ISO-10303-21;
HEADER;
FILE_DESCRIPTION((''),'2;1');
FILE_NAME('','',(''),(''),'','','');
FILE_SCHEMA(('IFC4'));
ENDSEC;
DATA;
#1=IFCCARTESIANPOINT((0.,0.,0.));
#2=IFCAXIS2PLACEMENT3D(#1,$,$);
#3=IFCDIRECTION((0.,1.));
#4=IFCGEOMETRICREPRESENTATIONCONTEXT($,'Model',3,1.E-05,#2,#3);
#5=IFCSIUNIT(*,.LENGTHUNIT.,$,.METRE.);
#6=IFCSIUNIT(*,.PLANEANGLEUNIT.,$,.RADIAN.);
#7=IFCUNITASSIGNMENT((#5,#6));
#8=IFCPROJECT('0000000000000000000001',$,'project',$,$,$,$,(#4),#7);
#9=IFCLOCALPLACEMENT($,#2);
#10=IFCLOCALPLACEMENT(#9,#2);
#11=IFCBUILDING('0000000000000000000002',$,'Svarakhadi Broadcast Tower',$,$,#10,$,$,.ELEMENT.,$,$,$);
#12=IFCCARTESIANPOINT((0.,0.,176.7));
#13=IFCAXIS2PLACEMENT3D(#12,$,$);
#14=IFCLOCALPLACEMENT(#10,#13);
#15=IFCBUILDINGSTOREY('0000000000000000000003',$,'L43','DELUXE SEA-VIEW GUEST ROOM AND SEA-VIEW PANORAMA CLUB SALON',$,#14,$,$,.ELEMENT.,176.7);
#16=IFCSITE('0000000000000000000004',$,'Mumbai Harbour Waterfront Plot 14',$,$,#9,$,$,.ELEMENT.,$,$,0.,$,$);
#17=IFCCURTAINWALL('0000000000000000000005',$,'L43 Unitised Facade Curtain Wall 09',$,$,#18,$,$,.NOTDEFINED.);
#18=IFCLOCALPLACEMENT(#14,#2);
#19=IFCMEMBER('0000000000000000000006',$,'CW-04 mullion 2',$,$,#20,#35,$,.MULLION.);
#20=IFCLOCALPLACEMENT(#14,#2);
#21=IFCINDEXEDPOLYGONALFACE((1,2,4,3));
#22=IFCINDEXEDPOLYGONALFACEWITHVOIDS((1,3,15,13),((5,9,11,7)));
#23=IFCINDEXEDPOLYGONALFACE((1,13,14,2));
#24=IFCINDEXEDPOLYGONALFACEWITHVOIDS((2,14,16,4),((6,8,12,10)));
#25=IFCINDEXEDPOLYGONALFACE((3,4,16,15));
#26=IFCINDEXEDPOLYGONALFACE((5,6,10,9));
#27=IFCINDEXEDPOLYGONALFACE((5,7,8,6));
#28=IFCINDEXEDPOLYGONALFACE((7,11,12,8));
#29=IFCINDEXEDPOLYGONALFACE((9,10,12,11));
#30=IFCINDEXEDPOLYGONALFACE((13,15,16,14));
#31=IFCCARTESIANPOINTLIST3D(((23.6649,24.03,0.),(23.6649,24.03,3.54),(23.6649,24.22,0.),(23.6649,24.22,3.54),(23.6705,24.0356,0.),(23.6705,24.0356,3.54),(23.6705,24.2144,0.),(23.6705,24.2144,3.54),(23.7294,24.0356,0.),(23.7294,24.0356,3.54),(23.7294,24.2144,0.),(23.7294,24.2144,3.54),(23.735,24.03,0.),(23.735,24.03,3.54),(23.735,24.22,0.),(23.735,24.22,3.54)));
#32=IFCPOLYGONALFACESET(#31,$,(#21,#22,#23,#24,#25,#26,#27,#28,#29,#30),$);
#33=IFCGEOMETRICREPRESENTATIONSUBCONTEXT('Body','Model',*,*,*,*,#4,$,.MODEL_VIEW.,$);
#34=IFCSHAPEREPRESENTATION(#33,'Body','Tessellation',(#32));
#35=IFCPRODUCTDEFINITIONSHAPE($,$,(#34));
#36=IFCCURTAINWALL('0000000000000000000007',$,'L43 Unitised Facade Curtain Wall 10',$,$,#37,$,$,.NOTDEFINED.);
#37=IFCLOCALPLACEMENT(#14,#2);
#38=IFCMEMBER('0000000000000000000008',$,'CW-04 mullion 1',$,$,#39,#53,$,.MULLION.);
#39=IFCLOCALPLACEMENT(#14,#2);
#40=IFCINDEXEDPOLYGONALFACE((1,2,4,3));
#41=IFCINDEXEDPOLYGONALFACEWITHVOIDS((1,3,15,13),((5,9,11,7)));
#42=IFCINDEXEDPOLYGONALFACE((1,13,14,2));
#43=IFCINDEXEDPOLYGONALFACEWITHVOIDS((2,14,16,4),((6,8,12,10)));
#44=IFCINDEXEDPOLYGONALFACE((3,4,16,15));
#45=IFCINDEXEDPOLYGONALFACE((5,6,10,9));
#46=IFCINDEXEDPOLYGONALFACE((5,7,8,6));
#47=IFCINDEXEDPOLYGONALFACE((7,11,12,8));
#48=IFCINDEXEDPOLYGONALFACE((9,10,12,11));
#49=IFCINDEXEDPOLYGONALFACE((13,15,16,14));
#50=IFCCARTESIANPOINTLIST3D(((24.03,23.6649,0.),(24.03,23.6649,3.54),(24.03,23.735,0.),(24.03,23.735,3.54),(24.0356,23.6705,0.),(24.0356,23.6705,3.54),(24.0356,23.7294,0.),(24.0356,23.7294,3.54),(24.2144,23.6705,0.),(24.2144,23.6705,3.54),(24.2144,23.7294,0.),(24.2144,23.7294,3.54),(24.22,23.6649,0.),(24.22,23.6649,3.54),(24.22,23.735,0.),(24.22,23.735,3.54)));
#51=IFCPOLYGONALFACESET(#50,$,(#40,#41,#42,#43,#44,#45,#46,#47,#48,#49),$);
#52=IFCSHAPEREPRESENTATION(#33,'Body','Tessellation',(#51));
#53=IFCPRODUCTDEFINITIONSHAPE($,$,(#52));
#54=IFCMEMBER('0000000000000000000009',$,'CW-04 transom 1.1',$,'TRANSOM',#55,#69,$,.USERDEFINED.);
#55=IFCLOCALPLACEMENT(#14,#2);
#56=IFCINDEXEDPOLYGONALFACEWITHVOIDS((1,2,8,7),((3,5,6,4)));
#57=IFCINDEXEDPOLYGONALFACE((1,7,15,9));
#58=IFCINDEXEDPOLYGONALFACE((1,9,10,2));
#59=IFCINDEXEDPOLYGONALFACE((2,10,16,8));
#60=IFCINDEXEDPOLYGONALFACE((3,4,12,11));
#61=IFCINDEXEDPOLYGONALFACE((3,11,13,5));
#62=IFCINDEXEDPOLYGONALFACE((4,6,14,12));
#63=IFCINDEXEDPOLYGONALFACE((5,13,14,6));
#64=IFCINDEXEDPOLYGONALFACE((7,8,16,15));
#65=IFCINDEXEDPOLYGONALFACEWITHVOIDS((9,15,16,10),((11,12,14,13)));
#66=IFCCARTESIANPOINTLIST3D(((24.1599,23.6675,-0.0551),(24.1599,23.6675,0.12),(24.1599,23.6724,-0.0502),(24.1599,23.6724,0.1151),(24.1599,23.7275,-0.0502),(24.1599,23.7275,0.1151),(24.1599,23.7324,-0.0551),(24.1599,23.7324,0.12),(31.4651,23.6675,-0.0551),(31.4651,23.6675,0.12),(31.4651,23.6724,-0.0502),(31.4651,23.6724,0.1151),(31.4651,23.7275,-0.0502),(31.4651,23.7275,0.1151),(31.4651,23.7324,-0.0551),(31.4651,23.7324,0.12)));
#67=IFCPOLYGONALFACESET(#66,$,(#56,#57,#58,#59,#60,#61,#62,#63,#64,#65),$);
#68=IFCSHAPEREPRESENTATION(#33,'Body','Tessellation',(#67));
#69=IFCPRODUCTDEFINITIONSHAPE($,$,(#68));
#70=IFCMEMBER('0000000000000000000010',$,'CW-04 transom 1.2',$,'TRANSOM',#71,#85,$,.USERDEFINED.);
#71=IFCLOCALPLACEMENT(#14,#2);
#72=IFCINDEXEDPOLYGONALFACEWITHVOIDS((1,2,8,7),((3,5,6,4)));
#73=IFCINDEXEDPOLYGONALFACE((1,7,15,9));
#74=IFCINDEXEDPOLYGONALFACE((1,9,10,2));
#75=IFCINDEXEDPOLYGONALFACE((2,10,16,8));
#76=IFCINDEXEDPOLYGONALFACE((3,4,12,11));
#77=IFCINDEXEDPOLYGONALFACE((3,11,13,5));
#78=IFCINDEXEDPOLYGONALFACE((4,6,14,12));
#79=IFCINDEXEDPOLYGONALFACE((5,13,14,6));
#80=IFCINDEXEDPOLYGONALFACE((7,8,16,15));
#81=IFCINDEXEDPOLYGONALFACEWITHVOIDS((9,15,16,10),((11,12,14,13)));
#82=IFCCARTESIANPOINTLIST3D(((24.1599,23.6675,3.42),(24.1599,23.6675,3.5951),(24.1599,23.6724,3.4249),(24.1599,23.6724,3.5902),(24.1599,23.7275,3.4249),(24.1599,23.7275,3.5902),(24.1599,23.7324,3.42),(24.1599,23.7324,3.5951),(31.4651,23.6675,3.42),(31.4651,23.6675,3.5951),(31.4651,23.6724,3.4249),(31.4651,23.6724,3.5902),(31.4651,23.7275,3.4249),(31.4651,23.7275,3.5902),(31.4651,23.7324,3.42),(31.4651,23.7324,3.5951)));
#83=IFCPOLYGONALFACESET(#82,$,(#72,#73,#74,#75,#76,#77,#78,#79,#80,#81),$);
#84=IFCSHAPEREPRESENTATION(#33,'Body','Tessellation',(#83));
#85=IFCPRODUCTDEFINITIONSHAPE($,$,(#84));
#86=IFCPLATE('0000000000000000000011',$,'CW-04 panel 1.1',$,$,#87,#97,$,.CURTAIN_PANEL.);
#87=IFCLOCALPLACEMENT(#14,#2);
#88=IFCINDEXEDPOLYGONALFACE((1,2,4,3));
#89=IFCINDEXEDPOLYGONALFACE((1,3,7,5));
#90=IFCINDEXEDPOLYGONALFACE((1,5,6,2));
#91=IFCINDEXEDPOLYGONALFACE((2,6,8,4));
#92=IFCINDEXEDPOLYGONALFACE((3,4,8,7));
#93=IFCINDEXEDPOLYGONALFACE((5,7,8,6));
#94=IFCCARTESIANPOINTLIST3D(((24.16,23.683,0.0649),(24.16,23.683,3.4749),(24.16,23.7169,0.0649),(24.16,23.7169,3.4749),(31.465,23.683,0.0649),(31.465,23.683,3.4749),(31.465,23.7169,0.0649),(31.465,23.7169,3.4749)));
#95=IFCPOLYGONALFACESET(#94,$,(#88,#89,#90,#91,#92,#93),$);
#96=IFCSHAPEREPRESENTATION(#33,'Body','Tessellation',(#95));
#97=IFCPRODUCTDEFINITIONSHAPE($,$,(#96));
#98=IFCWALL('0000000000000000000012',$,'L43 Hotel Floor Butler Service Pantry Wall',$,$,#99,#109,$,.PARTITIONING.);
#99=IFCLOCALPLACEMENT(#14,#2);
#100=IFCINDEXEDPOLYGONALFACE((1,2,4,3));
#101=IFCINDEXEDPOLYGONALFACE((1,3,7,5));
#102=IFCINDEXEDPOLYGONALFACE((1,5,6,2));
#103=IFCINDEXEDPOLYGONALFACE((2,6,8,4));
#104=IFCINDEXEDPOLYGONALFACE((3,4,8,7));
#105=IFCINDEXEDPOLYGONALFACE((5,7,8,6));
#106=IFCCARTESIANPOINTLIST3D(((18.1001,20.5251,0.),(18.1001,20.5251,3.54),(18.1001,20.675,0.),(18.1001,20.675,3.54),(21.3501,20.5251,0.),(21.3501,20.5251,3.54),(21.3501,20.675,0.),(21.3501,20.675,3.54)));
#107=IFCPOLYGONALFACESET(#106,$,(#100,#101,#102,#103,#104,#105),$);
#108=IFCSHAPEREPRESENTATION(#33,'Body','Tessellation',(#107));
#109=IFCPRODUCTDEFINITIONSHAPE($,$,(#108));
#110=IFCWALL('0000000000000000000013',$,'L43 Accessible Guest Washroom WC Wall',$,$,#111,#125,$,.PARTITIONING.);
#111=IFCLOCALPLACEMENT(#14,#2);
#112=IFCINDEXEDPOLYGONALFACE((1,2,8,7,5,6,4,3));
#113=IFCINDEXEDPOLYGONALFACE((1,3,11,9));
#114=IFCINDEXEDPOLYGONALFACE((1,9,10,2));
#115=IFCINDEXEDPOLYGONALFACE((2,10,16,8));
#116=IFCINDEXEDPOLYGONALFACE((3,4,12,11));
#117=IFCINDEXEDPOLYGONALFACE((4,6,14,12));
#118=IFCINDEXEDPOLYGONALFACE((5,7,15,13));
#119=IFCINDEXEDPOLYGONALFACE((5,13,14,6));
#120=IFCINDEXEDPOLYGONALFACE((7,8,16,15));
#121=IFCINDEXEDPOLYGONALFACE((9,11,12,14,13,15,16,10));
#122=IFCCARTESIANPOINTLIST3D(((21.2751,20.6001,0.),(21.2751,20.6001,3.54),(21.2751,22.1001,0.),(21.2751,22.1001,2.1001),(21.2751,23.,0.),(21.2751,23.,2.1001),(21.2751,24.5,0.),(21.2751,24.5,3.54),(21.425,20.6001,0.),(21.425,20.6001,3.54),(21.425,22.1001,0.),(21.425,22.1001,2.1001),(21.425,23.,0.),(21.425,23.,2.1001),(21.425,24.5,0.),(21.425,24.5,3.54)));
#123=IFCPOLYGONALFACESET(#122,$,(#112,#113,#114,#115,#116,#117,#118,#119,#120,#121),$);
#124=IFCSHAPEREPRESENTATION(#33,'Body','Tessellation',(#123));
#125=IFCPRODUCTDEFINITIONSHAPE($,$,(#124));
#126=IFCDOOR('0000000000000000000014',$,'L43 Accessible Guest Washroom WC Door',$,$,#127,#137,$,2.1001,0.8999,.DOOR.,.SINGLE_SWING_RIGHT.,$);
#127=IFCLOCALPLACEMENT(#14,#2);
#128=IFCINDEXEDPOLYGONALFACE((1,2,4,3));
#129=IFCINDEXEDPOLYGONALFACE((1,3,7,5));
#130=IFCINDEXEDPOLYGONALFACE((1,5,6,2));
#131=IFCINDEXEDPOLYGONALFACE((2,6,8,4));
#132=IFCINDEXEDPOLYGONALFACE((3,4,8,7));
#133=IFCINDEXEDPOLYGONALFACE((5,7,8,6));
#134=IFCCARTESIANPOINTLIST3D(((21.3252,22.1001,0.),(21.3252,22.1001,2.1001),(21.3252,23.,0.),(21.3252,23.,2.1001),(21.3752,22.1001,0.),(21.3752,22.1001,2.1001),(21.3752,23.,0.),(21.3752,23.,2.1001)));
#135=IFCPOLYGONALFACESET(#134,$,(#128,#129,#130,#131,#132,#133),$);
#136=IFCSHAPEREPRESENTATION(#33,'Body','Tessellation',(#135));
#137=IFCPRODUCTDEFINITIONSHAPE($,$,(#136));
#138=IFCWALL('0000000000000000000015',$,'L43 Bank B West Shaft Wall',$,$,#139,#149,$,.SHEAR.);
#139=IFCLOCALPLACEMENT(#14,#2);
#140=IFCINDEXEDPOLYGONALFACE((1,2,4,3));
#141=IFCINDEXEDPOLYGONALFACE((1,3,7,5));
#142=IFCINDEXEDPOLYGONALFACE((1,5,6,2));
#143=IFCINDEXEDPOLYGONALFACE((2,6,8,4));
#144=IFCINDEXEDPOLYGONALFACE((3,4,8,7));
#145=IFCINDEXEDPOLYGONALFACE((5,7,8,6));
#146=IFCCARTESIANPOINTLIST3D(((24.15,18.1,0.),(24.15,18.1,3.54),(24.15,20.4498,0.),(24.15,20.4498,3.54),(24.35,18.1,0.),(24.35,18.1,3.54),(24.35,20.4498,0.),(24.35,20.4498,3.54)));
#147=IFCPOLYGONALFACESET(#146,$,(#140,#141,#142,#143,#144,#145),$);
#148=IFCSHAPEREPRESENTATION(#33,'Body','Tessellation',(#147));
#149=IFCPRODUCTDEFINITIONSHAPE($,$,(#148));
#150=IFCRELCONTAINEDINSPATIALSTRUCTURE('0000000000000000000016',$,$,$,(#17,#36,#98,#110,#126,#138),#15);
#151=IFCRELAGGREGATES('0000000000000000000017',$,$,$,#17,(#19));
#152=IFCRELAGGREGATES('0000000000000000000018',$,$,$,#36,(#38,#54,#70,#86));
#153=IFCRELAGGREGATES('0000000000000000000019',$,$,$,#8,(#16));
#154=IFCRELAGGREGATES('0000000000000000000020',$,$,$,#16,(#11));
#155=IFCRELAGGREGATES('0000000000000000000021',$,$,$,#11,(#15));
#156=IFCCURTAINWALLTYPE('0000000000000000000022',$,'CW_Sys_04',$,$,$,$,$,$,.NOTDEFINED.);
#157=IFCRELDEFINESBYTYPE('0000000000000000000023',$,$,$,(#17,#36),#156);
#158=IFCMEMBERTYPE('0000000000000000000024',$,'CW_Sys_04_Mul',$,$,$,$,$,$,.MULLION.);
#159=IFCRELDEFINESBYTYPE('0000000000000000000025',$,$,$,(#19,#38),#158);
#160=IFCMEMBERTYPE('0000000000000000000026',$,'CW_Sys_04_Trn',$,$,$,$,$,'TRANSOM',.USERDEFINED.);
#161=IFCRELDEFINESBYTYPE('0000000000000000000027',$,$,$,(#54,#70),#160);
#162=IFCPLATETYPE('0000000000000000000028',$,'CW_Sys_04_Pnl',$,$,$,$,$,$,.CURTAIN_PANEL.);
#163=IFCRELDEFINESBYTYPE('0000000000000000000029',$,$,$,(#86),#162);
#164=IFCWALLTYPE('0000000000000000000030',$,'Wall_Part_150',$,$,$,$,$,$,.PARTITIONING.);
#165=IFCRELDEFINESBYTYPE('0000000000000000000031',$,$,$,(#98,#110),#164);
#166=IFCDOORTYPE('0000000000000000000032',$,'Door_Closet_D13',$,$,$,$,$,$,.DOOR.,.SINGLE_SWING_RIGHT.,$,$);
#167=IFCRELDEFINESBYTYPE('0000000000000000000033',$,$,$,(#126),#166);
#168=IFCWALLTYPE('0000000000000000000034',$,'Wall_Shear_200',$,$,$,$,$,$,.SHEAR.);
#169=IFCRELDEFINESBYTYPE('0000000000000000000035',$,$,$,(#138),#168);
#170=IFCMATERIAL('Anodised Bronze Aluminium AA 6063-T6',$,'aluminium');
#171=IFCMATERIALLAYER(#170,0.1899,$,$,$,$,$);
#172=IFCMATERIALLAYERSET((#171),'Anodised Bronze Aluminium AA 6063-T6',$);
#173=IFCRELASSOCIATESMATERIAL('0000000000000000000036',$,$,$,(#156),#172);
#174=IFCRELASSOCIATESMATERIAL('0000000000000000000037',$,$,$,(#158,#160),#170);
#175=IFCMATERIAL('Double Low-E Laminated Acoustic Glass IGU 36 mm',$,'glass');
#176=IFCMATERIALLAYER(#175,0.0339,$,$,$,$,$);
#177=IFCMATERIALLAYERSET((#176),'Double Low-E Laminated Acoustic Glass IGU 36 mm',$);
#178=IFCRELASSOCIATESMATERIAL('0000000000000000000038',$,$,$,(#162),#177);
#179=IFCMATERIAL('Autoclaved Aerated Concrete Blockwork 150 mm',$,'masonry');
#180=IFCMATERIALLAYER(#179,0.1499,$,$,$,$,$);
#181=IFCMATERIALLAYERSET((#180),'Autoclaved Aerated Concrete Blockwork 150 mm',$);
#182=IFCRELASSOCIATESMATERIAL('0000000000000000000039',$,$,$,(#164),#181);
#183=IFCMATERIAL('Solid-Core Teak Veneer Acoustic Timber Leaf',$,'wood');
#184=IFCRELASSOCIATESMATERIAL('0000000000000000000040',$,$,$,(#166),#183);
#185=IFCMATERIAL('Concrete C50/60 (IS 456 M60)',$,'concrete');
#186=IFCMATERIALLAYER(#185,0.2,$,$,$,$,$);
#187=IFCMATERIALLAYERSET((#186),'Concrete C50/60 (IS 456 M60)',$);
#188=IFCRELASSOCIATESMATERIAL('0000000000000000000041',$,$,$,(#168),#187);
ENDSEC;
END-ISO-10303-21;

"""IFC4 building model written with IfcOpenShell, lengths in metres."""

from ifc_helpers import new_model, si_unit, direction, frame, frame_2d, origin, origin_2d, place, context, subcontext, project, spatial, rectangle, hollow_rectangle, extrude, material, layer, layer_set, material_profile, profile_set, type_object, element, fill, aggregate, save


model = new_model("IFC4")

# Units and contexts
model_context = context("Model", 3, precision=1e-05, world=origin(), true_north=direction((0.0, 1.0)))
body_context = subcontext(model_context, "Body", "Model", "MODEL_VIEW")
ifc_project = project(units=[si_unit("LENGTHUNIT", "METRE"), si_unit("PLANEANGLEUNIT", "RADIAN")], contexts=[model_context])

# Site, building, storey
site_placement = place(None, origin())
site = spatial("IfcSite", under=ifc_project, at=site_placement, Name="Mumbai Harbour Waterfront Plot 14", CompositionType="ELEMENT", RefElevation=0.0)
building_placement = place(site_placement, origin())
building = spatial("IfcBuilding", under=site, at=building_placement, Name="Svarakhadi Broadcast Tower", CompositionType="ELEMENT")
storey_placement = place(building_placement, frame((0.0, 0.0, 176.7)))
storey = spatial("IfcBuildingStorey", under=building, at=storey_placement, Name="L43", Description="DELUXE SEA-VIEW GUEST ROOM AND SEA-VIEW PANORAMA CLUB SALON", CompositionType="ELEMENT", Elevation=176.7)

# Curtain wall, member
ifc_material_1 = material(Name="Anodised Bronze Aluminium AA 6063-T6", Category="aluminium")
ifc_layer_1 = layer(ifc_material_1, 0.1899)
ifc_layer_set_1 = layer_set([ifc_layer_1], Name="Anodised Bronze Aluminium AA 6063-T6")
curtain_wall_type = type_object("IfcCurtainWallType", Name="CW_Sys_04", PredefinedType="NOTDEFINED", material=ifc_layer_set_1)
curtain_wall_1_placement = place(storey_placement, origin())
curtain_wall_1 = element("IfcCurtainWall", 1, at=curtain_wall_1_placement, inside=storey, type_object=curtain_wall_type, Name="L43 Unitised Facade Curtain Wall 09", PredefinedType="NOTDEFINED")
ifc_material_profile_1 = material_profile(ifc_material_1, hollow_rectangle(XDim=0.0701, YDim=0.1899, WallThickness=0.0056, at=origin_2d()), Name="ALU MULLION 190x70x6")
ifc_profile_set_1 = profile_set([ifc_material_profile_1], Name="Anodised Bronze Aluminium AA 6063-T6")
member_type_1 = type_object("IfcMemberType", Name="CW_Sys_04_Mul", PredefinedType="MULLION", material=ifc_profile_set_1)
member_1_placement = place(storey_placement, frame((23.7, 24.125, 0.0), z_axis=(0.0, 0.0, 1.0), x_axis=(1.0, 0.0, 0.0)))
member_1 = element("IfcMember", 2, at=member_1_placement, type_object=member_type_1, Name="CW-04 mullion 2", PredefinedType="MULLION", context=body_context, shape_type="SweptSolid", body=[
    extrude(hollow_rectangle(XDim=0.0701, YDim=0.1899, WallThickness=0.0056, at=origin_2d()), origin(), (0.0, 0.0, 1.0), 3.54),
])
aggregate(curtain_wall_1, [member_1])

# Curtain wall, members, plate
curtain_wall_2_placement = place(storey_placement, origin())
curtain_wall_2 = element("IfcCurtainWall", 3, at=curtain_wall_2_placement, inside=storey, type_object=curtain_wall_type, Name="L43 Unitised Facade Curtain Wall 10", PredefinedType="NOTDEFINED")
member_2_placement = place(storey_placement, frame((24.125, 23.7, 0.0), z_axis=(0.0, 0.0, 1.0), x_axis=(0.0, 1.0, 0.0)))
member_2 = element("IfcMember", 4, at=member_2_placement, type_object=member_type_1, Name="CW-04 mullion 1", PredefinedType="MULLION", context=body_context, shape_type="SweptSolid", body=[
    extrude(hollow_rectangle(XDim=0.0701, YDim=0.1899, WallThickness=0.0056, at=origin_2d()), origin(), (0.0, 0.0, 1.0), 3.54),
])
ifc_material_profile_2 = material_profile(ifc_material_1, hollow_rectangle(XDim=0.0649, YDim=0.175, WallThickness=0.0049, at=origin_2d()), Name="ALU TRANSOM 175x65x5")
ifc_profile_set_2 = profile_set([ifc_material_profile_2], Name="Anodised Bronze Aluminium AA 6063-T6")
member_type_2 = type_object("IfcMemberType", Name="CW_Sys_04_Trn", ElementType="TRANSOM", PredefinedType="USERDEFINED", material=ifc_profile_set_2)
member_3_placement = place(storey_placement, frame((24.1599, 23.7, 0.0325), z_axis=(1.0, 0.0, 0.0), x_axis=(0.0, 1.0, 0.0)))
member_3 = element("IfcMember", 5, at=member_3_placement, type_object=member_type_2, Name="CW-04 transom 1.1", ObjectType="TRANSOM", PredefinedType="USERDEFINED", context=body_context, shape_type="SweptSolid", body=[
    extrude(hollow_rectangle(XDim=0.0649, YDim=0.175, WallThickness=0.0049, at=origin_2d()), origin(), (0.0, 0.0, 1.0), 7.3052),
])
member_4_placement = place(storey_placement, frame((24.1599, 23.7, 3.5076), z_axis=(1.0, 0.0, 0.0), x_axis=(0.0, 1.0, 0.0)))
member_4 = element("IfcMember", 6, at=member_4_placement, type_object=member_type_2, Name="CW-04 transom 1.2", ObjectType="TRANSOM", PredefinedType="USERDEFINED", context=body_context, shape_type="SweptSolid", body=[
    extrude(hollow_rectangle(XDim=0.0649, YDim=0.175, WallThickness=0.0049, at=origin_2d()), origin(), (0.0, 0.0, 1.0), 7.3052),
])
ifc_material_2 = material(Name="Double Low-E Laminated Acoustic Glass IGU 36 mm", Category="glass")
ifc_layer_2 = layer(ifc_material_2, 0.0339)
ifc_layer_set_2 = layer_set([ifc_layer_2], Name="Double Low-E Laminated Acoustic Glass IGU 36 mm")
plate_type = type_object("IfcPlateType", Name="CW_Sys_04_Pnl", PredefinedType="CURTAIN_PANEL", material=ifc_layer_set_2)
plate_placement = place(storey_placement, frame((27.8125, 23.7, 0.0649), z_axis=(0.0, 0.0, 1.0), x_axis=(1.0, 0.0, 0.0)))
plate = element("IfcPlate", 7, at=plate_placement, type_object=plate_type, Name="CW-04 panel 1.1", PredefinedType="CURTAIN_PANEL", context=body_context, shape_type="SweptSolid", body=[
    extrude(rectangle(XDim=7.3049, YDim=0.0339, at=origin_2d()), origin(), (0.0, 0.0, 1.0), 3.4099),
])
aggregate(curtain_wall_2, [member_2, member_3, member_4, plate])

# Wall
ifc_material_3 = material(Name="Autoclaved Aerated Concrete Blockwork 150 mm", Category="masonry")
ifc_layer_3 = layer(ifc_material_3, 0.1499)
ifc_layer_set_3 = layer_set([ifc_layer_3], Name="Autoclaved Aerated Concrete Blockwork 150 mm")
wall_type_1 = type_object("IfcWallType", Name="Wall_Part_150", PredefinedType="PARTITIONING", material=ifc_layer_set_3)
wall_1_placement = place(storey_placement, frame((18.1001, 20.6001, 0.0), z_axis=(0.0, 0.0, 1.0), x_axis=(1.0, 0.0, 0.0)))
element("IfcWall", 8, at=wall_1_placement, inside=storey, type_object=wall_type_1, Name="L43 Hotel Floor Butler Service Pantry Wall", PredefinedType="PARTITIONING", context=body_context, shape_type="SweptSolid", body=[
    extrude(rectangle(XDim=3.25, YDim=0.1499, at=frame_2d((1.625, 0.0))), origin(), (0.0, 0.0, 1.0), 3.54),
])

# Wall, opening, door
ifc_material_4 = material(Name="Solid-Core Teak Veneer Acoustic Timber Leaf", Category="wood")
wall_2_placement = place(storey_placement, frame((21.3501, 20.6001, 0.0), z_axis=(0.0, 0.0, 1.0), x_axis=(0.0, 1.0, 0.0)))
wall_2 = element("IfcWall", 9, at=wall_2_placement, inside=storey, type_object=wall_type_1, Name="L43 Accessible Guest Washroom WC Wall", PredefinedType="PARTITIONING", context=body_context, shape_type="SweptSolid", body=[
    extrude(rectangle(XDim=3.8999, YDim=0.1499, at=frame_2d((1.95, 0.0))), origin(), (0.0, 0.0, 1.0), 3.54),
])
opening_1_placement = place(wall_2_placement, frame((1.5, 0.0, 0.0)))
opening_1 = element("IfcOpeningElement", 10, at=opening_1_placement, cuts=wall_2, PredefinedType="OPENING", context=body_context, shape_type="SweptSolid", body=[
    extrude(rectangle(XDim=0.8999, YDim=2.1001, at=frame_2d((0.45, 1.05))), frame((0.0, 0.085, 0.0), z_axis=(0.0, -1.0, 0.0), x_axis=(1.0, 0.0, 0.0)), (0.0, 0.0, 1.0), 0.1699),
])
door_type_1 = type_object("IfcDoorType", Name="Door_Closet_D13", OperationType="SINGLE_SWING_RIGHT", PredefinedType="DOOR", material=ifc_material_4)
door_1_placement = place(opening_1_placement, origin())
door_1 = element("IfcDoor", 11, at=door_1_placement, inside=storey, type_object=door_type_1, Name="L43 Accessible Guest Washroom WC Door", OperationType="SINGLE_SWING_RIGHT", OverallHeight=2.1001, OverallWidth=0.8999, PredefinedType="DOOR", context=body_context, shape_type="SweptSolid", body=[
    extrude(rectangle(XDim=0.8999, YDim=2.1001, at=frame_2d((0.45, 1.05))), frame((0.0, 0.0249, 0.0), z_axis=(0.0, -1.0, 0.0), x_axis=(1.0, 0.0, 0.0)), (0.0, 0.0, 1.0), 0.05),
])
fill(opening_1, door_1)

# Wall
ifc_material_5 = material(Name="Concrete C50/60 (IS 456 M60)", Category="concrete")
ifc_layer_4 = layer(ifc_material_5, 0.2)
ifc_layer_set_4 = layer_set([ifc_layer_4], Name="Concrete C50/60 (IS 456 M60)")
wall_type_2 = type_object("IfcWallType", Name="Wall_Shear_200", PredefinedType="SHEAR", material=ifc_layer_set_4)
wall_3_placement = place(storey_placement, frame((24.25, 18.1001, 0.0), z_axis=(0.0, 0.0, 1.0), x_axis=(0.0, 1.0, 0.0)))
element("IfcWall", 12, at=wall_3_placement, inside=storey, type_object=wall_type_2, Name="L43 Bank B West Shaft Wall", PredefinedType="SHEAR", context=body_context, shape_type="SweptSolid", body=[
    extrude(rectangle(XDim=2.3499, YDim=0.2, at=frame_2d((1.1748, 0.0))), origin(), (0.0, 0.0, 1.0), 3.54),
])

save(model, "model.ifc")
